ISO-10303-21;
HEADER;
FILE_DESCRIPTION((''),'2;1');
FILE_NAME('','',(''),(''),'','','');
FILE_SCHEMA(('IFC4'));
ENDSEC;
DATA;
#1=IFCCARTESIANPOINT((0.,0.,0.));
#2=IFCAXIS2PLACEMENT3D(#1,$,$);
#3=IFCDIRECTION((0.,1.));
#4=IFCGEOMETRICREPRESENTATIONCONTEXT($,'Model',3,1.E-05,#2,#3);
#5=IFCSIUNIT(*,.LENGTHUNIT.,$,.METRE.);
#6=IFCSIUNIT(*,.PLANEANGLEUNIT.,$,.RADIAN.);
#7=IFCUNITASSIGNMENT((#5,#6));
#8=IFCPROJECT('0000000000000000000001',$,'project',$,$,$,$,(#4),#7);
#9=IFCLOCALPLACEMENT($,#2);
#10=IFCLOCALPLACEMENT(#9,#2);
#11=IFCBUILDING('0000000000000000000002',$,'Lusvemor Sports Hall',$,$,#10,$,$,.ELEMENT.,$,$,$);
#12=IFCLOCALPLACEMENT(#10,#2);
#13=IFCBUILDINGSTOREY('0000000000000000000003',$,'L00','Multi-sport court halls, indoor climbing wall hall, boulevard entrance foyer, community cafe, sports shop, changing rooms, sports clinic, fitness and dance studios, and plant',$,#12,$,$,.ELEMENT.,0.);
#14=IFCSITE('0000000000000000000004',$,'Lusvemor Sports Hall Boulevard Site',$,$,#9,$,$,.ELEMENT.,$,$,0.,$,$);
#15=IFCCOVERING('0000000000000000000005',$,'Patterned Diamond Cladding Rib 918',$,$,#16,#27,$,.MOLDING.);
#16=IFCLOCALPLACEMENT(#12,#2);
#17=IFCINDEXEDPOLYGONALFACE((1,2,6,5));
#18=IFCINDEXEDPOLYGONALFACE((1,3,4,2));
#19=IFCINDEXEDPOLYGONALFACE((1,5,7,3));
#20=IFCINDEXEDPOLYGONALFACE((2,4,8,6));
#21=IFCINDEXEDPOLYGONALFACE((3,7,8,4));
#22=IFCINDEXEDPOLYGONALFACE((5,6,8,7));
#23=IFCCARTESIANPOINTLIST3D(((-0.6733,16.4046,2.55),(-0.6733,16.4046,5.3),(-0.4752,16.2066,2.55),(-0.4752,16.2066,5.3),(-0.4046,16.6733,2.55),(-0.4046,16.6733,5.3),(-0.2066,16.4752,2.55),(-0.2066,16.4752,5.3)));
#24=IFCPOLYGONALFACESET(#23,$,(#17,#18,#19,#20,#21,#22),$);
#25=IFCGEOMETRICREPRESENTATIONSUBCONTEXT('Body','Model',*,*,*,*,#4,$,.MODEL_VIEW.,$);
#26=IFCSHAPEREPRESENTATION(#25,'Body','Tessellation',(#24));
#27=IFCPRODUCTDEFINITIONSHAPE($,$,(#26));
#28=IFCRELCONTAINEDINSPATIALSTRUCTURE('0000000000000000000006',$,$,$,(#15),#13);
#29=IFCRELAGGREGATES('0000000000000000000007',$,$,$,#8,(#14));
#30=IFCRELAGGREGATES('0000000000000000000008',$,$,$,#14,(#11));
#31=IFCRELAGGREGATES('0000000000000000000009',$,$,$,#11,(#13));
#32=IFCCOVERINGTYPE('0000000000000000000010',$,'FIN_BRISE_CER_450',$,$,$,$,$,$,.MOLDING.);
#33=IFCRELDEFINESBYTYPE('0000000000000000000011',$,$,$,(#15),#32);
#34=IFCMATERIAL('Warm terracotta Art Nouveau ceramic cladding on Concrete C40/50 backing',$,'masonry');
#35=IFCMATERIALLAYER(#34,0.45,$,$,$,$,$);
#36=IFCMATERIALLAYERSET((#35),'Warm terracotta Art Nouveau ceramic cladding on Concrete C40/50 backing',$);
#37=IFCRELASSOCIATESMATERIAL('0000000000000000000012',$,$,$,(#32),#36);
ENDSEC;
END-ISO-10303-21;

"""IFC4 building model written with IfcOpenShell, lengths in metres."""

from ifc_helpers import new_model, si_unit, direction, frame, origin, origin_2d, place, context, subcontext, project, spatial, rectangle, extrude, material, layer, layer_set, type_object, element, save


model = new_model("IFC4")

# Units and contexts
model_context = context("Model", 3, precision=1e-05, world=origin(), true_north=direction((0.0, 1.0)))
body_context = subcontext(model_context, "Body", "Model", "MODEL_VIEW")
ifc_project = project(units=[si_unit("LENGTHUNIT", "METRE"), si_unit("PLANEANGLEUNIT", "RADIAN")], contexts=[model_context])

# Site, building, storey
site_placement = place(None, origin())
site = spatial("IfcSite", under=ifc_project, at=site_placement, Name="Lusvemor Sports Hall Boulevard Site", CompositionType="ELEMENT", RefElevation=0.0)
building_placement = place(site_placement, origin())
building = spatial("IfcBuilding", under=site, at=building_placement, Name="Lusvemor Sports Hall", CompositionType="ELEMENT")
storey_placement = place(building_placement, origin())
storey = spatial("IfcBuildingStorey", under=building, at=storey_placement, Name="L00", Description="Multi-sport court halls, indoor climbing wall hall, boulevard entrance foyer, community cafe, sports shop, changing rooms, sports clinic, fitness and dance studios, and plant", CompositionType="ELEMENT", Elevation=0.0)

# Covering
ifc_material_1 = material(Name="Warm terracotta Art Nouveau ceramic cladding on Concrete C40/50 backing", Category="masonry")
ifc_layer_1 = layer(ifc_material_1, 0.45)
ifc_layer_set_1 = layer_set([ifc_layer_1], Name="Warm terracotta Art Nouveau ceramic cladding on Concrete C40/50 backing")
covering_type_1 = type_object("IfcCoveringType", Name="FIN_BRISE_CER_450", PredefinedType="MOLDING", material=ifc_layer_set_1)
for number, where, z_axis, x_axis, name in (
    (1, (-0.4399, 16.4399, 2.55), (0.0, 0.0, 1.0), (0.707107, 0.707107, 0.0), "Patterned Diamond Cladding Rib 918"),
):
    element("IfcCovering", number, at=place(storey_placement, frame(where, z_axis=z_axis, x_axis=x_axis)), inside=storey, type_object=covering_type_1, Name=name, PredefinedType="MOLDING", context=body_context, shape_type="SweptSolid", body=[
        extrude(rectangle(XDim=0.3799, YDim=0.28, at=origin_2d()), origin(), (0.0, 0.0, 1.0), 2.75),
    ])

save(model, "model.ifc")
